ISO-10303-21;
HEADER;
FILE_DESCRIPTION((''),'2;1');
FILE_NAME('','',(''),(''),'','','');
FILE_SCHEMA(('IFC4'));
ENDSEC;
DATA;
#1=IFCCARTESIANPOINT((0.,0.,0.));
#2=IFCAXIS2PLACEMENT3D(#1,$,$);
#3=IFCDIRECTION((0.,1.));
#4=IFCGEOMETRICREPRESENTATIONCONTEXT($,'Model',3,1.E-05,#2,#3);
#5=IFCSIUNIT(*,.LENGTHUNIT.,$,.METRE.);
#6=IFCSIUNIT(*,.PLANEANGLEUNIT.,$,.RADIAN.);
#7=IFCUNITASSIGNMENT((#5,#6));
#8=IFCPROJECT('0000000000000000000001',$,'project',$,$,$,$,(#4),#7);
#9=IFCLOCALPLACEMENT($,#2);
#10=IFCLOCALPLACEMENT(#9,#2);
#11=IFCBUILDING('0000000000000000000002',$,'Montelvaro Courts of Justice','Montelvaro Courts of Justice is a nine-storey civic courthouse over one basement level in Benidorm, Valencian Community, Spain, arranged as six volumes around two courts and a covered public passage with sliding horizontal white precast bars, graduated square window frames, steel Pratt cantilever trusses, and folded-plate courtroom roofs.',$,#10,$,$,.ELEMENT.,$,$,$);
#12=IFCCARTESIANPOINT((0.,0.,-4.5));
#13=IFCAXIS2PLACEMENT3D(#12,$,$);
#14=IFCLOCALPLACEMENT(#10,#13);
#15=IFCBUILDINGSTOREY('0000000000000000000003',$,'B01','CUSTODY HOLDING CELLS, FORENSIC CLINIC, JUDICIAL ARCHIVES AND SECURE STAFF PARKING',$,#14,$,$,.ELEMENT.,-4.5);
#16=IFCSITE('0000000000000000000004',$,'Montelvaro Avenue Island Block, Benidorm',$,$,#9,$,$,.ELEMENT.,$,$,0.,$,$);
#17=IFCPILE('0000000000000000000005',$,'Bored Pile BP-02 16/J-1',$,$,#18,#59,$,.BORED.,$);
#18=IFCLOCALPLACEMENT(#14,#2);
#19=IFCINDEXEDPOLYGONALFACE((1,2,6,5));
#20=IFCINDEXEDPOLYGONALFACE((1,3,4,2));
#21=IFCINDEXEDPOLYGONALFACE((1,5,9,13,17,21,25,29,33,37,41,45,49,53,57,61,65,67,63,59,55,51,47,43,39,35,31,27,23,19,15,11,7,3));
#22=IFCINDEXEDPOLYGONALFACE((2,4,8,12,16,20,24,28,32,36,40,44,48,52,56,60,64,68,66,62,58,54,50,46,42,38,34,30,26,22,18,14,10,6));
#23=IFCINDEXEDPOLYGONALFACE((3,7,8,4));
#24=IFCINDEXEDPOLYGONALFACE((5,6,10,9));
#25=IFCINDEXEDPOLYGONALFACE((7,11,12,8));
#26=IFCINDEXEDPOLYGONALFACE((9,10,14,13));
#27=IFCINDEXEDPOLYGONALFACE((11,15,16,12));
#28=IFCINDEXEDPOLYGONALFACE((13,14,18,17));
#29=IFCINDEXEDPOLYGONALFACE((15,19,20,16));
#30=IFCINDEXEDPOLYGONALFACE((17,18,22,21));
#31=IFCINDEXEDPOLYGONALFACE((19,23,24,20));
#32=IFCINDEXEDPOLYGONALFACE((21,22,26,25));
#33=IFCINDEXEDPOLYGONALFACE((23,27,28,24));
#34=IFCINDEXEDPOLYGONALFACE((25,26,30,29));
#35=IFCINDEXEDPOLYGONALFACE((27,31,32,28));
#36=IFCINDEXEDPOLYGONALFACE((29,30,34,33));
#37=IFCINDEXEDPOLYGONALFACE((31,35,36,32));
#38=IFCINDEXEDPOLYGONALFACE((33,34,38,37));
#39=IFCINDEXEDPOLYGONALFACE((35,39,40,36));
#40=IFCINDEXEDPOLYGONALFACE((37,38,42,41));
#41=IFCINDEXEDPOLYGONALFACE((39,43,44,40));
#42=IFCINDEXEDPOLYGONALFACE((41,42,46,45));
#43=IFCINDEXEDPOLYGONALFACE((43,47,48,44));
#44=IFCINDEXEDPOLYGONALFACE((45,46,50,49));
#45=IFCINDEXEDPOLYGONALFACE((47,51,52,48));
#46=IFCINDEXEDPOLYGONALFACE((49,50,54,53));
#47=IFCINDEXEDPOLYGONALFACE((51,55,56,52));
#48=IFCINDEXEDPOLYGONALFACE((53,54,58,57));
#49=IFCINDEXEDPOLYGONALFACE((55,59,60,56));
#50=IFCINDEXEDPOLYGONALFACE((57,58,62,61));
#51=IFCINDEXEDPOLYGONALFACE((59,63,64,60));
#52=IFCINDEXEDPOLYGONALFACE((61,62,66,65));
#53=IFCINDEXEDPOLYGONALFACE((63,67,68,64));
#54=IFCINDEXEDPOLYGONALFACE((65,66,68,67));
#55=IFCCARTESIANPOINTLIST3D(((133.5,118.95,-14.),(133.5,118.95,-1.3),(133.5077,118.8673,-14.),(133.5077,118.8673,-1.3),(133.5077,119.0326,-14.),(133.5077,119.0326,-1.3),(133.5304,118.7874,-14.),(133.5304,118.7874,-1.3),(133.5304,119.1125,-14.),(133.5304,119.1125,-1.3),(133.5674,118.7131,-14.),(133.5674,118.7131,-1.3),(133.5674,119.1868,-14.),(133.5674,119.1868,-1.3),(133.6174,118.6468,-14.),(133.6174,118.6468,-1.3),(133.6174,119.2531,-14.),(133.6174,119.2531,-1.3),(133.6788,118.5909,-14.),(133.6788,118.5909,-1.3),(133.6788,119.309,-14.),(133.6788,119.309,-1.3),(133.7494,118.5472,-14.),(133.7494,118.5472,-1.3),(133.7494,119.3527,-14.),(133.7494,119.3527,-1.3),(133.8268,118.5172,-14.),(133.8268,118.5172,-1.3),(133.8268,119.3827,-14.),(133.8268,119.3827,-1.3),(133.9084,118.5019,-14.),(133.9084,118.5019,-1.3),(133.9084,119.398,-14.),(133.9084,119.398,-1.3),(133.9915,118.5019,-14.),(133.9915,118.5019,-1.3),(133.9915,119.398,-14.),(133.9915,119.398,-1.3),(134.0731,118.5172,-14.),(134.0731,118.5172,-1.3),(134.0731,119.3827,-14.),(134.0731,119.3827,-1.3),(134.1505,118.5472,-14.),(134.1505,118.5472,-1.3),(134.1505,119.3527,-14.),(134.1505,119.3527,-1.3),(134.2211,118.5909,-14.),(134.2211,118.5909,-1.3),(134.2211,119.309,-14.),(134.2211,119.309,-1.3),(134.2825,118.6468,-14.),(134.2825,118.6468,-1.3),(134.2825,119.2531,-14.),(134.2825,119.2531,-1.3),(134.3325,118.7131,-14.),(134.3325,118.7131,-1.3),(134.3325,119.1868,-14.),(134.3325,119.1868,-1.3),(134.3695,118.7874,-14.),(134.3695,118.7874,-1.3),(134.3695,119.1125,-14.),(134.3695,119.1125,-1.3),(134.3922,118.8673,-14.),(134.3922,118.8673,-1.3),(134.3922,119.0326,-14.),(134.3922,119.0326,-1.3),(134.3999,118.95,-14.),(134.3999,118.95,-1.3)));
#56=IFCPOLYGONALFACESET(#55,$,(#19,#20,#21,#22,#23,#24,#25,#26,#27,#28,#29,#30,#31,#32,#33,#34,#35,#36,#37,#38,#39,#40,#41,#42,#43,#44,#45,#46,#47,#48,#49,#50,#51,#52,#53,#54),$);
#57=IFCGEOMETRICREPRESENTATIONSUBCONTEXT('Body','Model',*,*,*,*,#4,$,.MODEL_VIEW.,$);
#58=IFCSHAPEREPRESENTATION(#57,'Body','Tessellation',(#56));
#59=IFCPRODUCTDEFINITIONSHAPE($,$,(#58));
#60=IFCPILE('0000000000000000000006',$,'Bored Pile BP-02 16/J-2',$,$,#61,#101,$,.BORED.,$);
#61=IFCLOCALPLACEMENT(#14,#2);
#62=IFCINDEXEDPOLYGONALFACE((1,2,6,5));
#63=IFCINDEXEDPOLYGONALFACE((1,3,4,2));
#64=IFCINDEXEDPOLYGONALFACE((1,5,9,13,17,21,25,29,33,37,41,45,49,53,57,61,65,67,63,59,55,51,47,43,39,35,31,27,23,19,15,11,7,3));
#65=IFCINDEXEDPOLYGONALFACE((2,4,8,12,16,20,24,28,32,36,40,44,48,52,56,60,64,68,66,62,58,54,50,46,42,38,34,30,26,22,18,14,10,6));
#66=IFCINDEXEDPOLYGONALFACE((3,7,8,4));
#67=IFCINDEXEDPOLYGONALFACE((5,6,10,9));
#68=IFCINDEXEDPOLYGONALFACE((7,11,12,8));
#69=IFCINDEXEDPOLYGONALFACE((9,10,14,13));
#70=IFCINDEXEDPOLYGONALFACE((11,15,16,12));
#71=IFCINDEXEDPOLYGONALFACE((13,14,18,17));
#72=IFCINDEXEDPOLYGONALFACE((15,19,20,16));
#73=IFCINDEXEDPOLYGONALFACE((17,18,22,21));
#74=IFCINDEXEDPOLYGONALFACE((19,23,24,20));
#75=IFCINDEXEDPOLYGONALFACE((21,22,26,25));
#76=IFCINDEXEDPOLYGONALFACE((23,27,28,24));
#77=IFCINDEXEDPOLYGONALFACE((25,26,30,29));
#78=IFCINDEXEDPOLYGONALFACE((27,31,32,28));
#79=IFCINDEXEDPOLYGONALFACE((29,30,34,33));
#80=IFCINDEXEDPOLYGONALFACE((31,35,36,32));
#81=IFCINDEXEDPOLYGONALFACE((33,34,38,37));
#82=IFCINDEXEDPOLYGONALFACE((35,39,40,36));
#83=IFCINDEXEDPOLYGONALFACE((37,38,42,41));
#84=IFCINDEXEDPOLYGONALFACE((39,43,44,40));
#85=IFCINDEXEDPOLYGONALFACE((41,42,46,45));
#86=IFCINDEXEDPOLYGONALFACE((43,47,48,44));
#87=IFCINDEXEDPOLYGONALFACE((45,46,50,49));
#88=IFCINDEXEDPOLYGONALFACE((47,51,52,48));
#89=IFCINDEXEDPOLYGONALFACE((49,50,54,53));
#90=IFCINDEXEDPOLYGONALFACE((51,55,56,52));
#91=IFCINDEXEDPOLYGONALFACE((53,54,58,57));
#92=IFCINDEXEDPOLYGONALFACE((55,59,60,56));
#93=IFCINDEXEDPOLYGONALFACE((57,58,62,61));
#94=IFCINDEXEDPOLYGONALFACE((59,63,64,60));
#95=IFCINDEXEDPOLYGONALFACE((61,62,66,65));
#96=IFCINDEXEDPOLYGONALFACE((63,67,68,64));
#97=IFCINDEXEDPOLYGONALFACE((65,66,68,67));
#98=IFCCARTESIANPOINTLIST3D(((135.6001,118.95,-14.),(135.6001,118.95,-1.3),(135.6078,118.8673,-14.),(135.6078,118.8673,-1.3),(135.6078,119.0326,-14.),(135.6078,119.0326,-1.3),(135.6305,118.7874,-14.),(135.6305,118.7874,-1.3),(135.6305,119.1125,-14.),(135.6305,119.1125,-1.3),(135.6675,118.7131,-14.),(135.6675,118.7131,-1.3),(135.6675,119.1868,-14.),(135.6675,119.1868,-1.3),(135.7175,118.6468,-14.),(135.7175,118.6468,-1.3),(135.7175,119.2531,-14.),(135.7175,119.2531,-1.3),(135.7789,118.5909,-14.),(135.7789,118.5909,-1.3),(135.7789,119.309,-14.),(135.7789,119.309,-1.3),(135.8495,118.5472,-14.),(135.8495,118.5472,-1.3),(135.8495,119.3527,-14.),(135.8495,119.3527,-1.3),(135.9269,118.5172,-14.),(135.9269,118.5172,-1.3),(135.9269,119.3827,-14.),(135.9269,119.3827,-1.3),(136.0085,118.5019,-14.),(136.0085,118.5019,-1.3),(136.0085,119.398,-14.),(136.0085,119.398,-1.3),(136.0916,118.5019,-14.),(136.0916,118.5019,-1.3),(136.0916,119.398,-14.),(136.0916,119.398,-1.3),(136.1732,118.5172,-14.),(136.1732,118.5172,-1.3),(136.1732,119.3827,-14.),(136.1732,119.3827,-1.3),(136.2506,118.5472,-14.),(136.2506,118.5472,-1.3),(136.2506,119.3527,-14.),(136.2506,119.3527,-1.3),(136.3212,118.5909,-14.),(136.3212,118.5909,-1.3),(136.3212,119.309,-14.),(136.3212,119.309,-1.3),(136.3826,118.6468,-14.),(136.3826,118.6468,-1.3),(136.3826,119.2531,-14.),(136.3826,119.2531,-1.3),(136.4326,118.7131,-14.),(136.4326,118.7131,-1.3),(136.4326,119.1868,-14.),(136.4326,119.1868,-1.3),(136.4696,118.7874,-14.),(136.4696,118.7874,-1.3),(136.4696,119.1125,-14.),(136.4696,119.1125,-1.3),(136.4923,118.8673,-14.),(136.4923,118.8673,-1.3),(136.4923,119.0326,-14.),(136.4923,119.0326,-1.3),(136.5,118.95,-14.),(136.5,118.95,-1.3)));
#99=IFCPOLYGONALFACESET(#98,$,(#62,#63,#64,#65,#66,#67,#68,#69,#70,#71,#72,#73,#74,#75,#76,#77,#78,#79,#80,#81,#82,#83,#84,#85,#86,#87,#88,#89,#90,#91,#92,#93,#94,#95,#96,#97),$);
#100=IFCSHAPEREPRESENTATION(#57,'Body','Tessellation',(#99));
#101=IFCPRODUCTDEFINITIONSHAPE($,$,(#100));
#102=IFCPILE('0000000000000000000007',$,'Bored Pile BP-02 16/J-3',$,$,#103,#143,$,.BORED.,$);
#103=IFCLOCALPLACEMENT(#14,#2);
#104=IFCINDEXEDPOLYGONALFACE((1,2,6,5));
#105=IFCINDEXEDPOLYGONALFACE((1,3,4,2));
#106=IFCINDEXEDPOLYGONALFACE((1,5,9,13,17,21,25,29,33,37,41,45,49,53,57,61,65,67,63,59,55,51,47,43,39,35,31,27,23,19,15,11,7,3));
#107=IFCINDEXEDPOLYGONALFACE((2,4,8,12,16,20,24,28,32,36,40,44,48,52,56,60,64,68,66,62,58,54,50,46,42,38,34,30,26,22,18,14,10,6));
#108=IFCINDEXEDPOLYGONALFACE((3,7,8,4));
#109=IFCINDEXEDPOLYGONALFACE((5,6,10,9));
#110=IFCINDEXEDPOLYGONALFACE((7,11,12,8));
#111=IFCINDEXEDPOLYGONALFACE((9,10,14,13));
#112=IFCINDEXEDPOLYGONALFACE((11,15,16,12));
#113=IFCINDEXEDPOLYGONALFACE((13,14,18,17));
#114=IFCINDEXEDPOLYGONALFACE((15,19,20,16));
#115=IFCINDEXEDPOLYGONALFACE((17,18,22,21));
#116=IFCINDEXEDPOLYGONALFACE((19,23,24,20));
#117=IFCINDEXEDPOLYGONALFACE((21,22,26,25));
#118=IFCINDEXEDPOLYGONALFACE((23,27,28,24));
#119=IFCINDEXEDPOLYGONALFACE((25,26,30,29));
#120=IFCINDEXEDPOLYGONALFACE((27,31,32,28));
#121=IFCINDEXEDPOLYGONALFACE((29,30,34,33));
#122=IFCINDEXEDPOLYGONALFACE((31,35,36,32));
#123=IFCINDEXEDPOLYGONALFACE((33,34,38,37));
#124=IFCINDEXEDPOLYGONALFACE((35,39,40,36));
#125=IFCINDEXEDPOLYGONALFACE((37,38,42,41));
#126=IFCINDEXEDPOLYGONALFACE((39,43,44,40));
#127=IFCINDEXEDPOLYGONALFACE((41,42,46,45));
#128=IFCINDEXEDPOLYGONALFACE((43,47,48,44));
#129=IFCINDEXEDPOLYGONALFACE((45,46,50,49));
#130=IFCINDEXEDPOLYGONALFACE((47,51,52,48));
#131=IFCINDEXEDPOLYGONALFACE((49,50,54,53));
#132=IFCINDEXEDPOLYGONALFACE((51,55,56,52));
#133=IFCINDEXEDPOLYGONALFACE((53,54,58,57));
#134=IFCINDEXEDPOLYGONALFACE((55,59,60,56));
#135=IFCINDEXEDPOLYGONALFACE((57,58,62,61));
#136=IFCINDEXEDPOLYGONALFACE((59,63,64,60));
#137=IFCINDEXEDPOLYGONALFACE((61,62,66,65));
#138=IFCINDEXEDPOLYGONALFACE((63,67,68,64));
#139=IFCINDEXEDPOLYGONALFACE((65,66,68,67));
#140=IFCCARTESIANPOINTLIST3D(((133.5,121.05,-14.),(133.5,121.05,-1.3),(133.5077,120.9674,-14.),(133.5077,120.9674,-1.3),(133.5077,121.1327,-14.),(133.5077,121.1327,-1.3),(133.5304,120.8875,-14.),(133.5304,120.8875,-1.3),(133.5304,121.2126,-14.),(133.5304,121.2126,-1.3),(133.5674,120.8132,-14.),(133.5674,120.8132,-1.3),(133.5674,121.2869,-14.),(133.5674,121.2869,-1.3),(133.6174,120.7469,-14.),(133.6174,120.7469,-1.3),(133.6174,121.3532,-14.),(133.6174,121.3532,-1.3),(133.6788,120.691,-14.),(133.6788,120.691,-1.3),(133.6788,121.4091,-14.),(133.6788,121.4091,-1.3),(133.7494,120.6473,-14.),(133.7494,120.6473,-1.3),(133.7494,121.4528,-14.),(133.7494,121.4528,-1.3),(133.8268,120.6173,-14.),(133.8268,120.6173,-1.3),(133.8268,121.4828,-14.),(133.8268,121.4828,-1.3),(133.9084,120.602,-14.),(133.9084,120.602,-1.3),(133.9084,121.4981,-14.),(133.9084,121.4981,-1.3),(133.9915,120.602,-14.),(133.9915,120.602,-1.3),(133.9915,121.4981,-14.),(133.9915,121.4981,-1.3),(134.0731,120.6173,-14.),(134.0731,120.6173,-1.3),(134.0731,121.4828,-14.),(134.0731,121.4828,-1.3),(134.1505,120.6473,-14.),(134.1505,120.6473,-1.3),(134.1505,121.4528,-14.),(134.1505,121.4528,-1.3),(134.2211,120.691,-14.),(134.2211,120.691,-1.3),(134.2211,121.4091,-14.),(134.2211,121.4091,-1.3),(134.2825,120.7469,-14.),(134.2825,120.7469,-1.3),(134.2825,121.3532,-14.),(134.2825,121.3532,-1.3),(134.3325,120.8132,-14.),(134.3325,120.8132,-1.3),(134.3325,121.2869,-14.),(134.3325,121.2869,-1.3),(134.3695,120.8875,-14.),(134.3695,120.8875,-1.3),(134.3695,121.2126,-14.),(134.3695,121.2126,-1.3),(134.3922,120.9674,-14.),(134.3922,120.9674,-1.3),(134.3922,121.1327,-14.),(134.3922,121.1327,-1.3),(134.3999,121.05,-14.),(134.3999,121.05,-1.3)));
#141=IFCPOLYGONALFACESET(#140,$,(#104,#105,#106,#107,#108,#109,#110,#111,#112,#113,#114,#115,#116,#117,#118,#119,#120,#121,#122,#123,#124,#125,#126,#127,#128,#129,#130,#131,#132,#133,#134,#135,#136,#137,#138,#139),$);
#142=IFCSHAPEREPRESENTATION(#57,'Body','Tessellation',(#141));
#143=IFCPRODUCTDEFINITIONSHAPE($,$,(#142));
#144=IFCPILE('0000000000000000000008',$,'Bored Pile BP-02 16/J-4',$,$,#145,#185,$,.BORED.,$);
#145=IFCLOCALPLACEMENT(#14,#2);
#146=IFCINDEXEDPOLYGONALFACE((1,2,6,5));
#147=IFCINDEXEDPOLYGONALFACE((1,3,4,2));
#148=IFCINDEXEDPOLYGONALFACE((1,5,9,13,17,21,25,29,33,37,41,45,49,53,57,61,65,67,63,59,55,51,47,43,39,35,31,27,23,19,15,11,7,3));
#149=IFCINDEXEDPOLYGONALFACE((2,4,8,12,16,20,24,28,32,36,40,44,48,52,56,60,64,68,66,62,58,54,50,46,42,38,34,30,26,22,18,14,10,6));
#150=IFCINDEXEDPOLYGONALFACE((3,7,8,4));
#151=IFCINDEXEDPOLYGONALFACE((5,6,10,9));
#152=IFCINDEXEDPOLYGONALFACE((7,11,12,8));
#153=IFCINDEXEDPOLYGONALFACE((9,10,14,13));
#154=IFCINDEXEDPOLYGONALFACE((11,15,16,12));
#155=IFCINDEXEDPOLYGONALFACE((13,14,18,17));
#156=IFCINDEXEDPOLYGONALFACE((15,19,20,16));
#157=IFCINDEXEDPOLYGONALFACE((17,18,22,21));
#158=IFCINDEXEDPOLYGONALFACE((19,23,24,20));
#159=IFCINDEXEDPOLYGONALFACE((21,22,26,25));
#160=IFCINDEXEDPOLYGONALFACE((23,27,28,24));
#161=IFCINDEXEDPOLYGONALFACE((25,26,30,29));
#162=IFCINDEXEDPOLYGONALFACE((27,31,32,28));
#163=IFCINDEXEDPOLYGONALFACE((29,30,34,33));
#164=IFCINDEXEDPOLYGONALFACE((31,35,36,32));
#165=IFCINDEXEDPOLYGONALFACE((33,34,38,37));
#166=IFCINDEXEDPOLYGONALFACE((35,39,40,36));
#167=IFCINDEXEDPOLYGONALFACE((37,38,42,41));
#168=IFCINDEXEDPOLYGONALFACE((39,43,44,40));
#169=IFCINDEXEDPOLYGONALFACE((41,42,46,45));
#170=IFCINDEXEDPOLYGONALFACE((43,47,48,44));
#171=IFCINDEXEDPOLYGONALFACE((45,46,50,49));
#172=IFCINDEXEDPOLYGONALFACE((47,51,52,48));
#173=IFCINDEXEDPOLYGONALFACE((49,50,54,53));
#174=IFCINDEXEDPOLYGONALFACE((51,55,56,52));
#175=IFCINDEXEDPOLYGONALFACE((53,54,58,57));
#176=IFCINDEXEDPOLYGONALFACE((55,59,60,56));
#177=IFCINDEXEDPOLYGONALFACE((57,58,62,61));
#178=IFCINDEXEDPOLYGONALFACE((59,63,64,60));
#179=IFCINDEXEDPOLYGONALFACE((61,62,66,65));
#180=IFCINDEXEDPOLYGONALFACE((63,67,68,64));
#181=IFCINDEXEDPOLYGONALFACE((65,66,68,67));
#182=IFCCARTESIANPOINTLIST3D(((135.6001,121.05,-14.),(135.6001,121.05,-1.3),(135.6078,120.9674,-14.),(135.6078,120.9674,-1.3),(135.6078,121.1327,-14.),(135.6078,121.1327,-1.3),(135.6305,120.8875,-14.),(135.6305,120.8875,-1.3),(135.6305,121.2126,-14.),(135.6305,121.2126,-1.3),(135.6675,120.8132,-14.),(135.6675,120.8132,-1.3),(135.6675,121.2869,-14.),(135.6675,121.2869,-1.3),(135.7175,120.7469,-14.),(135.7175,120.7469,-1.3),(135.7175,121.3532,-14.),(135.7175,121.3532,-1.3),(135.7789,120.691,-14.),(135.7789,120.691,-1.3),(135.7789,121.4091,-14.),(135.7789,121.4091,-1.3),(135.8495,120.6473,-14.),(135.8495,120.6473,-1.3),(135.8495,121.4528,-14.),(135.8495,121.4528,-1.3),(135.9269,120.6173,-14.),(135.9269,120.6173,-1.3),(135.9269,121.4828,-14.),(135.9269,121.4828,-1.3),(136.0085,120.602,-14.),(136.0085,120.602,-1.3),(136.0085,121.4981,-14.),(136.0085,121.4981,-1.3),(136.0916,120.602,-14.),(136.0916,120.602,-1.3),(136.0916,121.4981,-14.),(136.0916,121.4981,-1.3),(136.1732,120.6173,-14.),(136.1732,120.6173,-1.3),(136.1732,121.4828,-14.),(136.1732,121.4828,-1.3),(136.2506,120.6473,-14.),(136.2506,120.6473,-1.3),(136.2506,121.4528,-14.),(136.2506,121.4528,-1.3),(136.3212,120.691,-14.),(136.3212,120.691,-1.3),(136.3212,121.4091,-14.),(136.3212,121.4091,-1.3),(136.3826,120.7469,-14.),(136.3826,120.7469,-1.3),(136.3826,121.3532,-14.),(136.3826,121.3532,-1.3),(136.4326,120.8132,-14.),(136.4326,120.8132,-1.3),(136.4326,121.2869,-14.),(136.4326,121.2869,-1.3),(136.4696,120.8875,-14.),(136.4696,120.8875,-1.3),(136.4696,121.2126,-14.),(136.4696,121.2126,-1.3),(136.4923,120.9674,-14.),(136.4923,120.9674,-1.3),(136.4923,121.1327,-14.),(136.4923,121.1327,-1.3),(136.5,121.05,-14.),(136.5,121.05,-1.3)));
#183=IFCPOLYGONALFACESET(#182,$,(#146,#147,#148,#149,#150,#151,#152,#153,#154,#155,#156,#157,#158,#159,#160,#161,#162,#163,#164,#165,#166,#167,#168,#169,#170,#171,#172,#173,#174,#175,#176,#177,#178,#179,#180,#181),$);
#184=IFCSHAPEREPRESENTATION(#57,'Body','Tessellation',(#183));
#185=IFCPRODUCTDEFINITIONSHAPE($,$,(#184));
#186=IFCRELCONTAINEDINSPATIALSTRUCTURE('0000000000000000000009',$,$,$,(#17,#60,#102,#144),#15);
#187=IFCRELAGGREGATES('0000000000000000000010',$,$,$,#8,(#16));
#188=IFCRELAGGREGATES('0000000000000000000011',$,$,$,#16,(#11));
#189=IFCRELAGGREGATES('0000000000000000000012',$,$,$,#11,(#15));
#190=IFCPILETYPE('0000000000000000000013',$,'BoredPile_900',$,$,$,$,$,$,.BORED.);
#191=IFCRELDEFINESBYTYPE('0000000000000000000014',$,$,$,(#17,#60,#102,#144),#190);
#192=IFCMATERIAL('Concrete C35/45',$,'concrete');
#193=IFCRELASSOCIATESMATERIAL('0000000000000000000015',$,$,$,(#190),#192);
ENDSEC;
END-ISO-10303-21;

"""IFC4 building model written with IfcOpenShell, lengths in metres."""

from ifc_helpers import new_model, si_unit, direction, frame, origin, origin_2d, place, context, subcontext, project, spatial, circle, extrude, material, material_profile, profile_set, type_object, element, save


model = new_model("IFC4")

# Units and contexts
model_context = context("Model", 3, precision=1e-05, world=origin(), true_north=direction((0.0, 1.0)))
body_context = subcontext(model_context, "Body", "Model", "MODEL_VIEW")
ifc_project = project(units=[si_unit("LENGTHUNIT", "METRE"), si_unit("PLANEANGLEUNIT", "RADIAN")], contexts=[model_context])

# Site, building, storey
site_placement = place(None, origin())
site = spatial("IfcSite", under=ifc_project, at=site_placement, Name="Montelvaro Avenue Island Block, Benidorm", CompositionType="ELEMENT", RefElevation=0.0)
building_placement = place(site_placement, origin())
building = spatial("IfcBuilding", under=site, at=building_placement, Name="Montelvaro Courts of Justice", Description="Montelvaro Courts of Justice is a nine-storey civic courthouse over one basement level in Benidorm, Valencian Community, Spain, arranged as six volumes around two courts and a covered public passage with sliding horizontal white precast bars, graduated square window frames, steel Pratt cantilever trusses, and folded-plate courtroom roofs.", CompositionType="ELEMENT")
storey_placement = place(building_placement, frame((0.0, 0.0, -4.5)))
storey = spatial("IfcBuildingStorey", under=building, at=storey_placement, Name="B01", Description="CUSTODY HOLDING CELLS, FORENSIC CLINIC, JUDICIAL ARCHIVES AND SECURE STAFF PARKING", CompositionType="ELEMENT", Elevation=-4.5)

# Piles
ifc_material_1 = material(Name="Concrete C35/45", Category="concrete")
ifc_material_profile_1 = material_profile(ifc_material_1, circle(Radius=0.45, at=origin_2d()), Name="BORED PILE D900")
ifc_profile_set_1 = profile_set([ifc_material_profile_1], Name="Concrete C35/45")
pile_type_1 = type_object("IfcPileType", Name="BoredPile_900", PredefinedType="BORED", material=ifc_profile_set_1)
for number, where, z_axis, x_axis, name in (
    (1, (133.95, 118.95, -1.3), (0.0, 0.0, -1.0), (1.0, 0.0, 0.0), "Bored Pile BP-02 16/J-1"),
    (2, (136.05, 118.95, -1.3), (0.0, 0.0, -1.0), (1.0, 0.0, 0.0), "Bored Pile BP-02 16/J-2"),
    (3, (133.95, 121.05, -1.3), (0.0, 0.0, -1.0), (1.0, 0.0, 0.0), "Bored Pile BP-02 16/J-3"),
    (4, (136.05, 121.05, -1.3), (0.0, 0.0, -1.0), (1.0, 0.0, 0.0), "Bored Pile BP-02 16/J-4"),
):
    element("IfcPile", number, at=place(storey_placement, frame(where, z_axis=z_axis, x_axis=x_axis)), inside=storey, type_object=pile_type_1, Name=name, PredefinedType="BORED", context=body_context, shape_type="SweptSolid", body=[
        extrude(circle(Radius=0.45, at=origin_2d()), origin(), (0.0, 0.0, 1.0), 12.7),
    ])

save(model, "model.ifc")
